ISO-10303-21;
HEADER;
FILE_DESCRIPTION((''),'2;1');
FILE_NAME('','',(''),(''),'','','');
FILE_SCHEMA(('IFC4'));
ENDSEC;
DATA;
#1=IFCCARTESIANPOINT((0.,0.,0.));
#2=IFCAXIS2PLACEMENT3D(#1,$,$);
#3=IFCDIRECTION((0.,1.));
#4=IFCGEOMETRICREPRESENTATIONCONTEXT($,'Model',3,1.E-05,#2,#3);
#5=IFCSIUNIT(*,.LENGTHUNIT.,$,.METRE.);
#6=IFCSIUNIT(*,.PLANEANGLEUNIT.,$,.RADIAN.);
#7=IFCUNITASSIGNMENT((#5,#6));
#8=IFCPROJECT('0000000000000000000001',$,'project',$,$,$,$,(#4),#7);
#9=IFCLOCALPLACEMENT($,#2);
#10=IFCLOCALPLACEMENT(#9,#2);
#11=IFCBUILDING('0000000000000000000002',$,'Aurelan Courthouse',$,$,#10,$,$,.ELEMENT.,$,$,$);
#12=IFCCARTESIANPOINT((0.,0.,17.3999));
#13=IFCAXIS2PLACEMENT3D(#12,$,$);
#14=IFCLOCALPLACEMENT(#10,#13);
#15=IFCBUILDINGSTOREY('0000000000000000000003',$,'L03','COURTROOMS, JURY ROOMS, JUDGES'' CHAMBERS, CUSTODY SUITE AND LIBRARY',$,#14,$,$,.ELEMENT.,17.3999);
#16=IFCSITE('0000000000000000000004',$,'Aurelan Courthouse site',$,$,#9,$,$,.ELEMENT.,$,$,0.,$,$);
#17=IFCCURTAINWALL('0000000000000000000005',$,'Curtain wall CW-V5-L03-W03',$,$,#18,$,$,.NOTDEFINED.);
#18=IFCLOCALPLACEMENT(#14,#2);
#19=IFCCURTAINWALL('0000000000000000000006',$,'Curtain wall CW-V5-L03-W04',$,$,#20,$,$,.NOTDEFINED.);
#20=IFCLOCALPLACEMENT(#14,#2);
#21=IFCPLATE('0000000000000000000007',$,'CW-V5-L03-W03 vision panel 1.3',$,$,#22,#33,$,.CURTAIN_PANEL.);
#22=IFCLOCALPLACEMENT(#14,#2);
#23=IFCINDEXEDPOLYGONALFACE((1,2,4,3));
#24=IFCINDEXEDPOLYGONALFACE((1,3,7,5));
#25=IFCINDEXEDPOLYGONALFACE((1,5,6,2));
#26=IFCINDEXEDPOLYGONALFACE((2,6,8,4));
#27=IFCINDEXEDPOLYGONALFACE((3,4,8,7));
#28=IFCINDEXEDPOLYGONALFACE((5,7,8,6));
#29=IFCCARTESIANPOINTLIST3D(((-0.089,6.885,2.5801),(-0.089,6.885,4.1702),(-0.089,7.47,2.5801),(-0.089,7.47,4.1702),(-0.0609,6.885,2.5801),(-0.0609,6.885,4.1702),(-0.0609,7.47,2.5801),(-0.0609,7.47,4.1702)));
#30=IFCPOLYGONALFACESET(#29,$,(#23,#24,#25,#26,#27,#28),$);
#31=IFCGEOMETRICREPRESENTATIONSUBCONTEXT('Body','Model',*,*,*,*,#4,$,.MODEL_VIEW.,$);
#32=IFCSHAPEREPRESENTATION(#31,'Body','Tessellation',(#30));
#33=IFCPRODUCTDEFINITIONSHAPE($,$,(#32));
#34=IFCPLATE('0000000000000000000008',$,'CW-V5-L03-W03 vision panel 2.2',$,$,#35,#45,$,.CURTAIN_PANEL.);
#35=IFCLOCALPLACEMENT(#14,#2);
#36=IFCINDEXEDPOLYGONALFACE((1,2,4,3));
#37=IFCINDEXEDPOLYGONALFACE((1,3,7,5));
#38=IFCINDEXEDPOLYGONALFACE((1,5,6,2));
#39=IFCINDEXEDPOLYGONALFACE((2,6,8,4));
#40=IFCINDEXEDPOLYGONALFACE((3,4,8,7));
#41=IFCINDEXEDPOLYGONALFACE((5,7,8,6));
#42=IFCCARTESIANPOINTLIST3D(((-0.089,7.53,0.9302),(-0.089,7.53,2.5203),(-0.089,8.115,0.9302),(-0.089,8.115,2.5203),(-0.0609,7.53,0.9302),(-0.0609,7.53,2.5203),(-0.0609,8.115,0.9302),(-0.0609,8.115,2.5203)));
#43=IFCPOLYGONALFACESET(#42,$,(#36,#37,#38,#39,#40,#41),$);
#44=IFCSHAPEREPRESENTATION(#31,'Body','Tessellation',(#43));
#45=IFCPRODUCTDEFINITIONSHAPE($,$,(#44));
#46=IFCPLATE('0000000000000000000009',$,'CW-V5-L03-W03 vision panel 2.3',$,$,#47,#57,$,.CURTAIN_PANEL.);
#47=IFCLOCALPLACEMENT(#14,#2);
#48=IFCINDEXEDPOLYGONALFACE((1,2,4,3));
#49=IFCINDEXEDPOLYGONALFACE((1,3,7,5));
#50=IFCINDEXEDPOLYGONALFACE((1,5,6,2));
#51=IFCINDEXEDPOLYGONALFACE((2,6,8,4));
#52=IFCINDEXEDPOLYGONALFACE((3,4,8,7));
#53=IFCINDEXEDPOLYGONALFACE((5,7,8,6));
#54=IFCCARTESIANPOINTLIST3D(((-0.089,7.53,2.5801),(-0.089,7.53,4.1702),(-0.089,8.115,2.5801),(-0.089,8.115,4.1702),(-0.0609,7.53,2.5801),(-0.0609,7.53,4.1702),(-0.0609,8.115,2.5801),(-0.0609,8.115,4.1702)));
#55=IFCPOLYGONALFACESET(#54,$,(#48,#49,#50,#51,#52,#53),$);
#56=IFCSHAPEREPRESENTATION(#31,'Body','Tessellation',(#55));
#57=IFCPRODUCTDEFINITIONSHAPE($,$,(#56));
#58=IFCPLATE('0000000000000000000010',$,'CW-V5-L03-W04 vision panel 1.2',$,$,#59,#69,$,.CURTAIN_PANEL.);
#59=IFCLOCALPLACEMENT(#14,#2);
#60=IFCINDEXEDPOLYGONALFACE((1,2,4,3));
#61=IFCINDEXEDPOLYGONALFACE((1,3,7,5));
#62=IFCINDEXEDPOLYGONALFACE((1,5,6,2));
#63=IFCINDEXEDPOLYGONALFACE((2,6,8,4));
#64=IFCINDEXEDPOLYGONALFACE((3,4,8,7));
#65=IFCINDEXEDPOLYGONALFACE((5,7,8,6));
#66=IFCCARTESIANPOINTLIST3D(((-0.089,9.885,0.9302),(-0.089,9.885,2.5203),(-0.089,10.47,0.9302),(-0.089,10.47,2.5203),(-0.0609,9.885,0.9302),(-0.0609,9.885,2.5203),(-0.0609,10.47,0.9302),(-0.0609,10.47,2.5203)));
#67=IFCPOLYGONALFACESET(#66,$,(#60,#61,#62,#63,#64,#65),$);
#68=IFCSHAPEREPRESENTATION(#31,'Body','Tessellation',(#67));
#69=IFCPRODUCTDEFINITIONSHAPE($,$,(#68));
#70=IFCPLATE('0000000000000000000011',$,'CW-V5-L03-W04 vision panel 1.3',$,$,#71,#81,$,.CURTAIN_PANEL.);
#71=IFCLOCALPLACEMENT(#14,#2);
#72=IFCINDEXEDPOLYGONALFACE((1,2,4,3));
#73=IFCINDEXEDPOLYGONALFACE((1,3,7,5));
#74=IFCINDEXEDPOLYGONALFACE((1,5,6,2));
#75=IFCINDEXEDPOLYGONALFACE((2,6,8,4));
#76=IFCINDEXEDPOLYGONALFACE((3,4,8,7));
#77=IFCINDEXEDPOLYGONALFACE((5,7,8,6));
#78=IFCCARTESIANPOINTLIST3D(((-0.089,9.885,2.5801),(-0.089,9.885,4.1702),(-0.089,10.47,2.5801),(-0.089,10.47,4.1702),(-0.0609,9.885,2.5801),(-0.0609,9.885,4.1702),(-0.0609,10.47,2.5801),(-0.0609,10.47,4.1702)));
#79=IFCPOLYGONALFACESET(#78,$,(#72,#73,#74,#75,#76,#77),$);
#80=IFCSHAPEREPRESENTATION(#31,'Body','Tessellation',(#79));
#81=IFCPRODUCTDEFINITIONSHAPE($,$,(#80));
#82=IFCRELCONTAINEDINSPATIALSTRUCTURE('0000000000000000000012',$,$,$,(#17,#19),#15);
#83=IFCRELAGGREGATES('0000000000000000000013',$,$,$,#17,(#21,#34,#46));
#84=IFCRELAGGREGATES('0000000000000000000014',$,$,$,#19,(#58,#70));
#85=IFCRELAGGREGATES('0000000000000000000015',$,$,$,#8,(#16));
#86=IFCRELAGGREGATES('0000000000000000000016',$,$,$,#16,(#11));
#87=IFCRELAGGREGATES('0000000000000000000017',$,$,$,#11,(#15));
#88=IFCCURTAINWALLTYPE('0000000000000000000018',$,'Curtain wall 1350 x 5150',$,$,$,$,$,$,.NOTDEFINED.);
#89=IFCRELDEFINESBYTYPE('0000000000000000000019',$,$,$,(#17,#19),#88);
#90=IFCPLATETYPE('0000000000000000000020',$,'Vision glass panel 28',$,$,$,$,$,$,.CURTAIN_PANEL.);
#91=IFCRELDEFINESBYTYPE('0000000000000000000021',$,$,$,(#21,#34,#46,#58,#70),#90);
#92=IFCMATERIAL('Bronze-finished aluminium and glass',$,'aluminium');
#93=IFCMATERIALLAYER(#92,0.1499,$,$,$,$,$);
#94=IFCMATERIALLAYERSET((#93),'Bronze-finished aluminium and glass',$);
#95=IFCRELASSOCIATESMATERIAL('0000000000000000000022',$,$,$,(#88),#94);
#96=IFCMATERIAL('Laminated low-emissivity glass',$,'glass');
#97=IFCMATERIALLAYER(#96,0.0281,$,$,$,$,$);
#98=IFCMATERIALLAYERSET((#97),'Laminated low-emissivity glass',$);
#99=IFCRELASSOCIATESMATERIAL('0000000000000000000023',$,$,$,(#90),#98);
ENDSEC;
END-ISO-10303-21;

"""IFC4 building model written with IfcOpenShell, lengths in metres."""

from ifc_helpers import new_model, si_unit, direction, frame, origin, origin_2d, place, context, subcontext, project, spatial, rectangle, extrude, material, layer, layer_set, type_object, element, aggregate, save


model = new_model("IFC4")

# Units and contexts
model_context = context("Model", 3, precision=1e-05, world=origin(), true_north=direction((0.0, 1.0)))
body_context = subcontext(model_context, "Body", "Model", "MODEL_VIEW")
ifc_project = project(units=[si_unit("LENGTHUNIT", "METRE"), si_unit("PLANEANGLEUNIT", "RADIAN")], contexts=[model_context])

# Site, building, storey
site_placement = place(None, origin())
site = spatial("IfcSite", under=ifc_project, at=site_placement, Name="Aurelan Courthouse site", CompositionType="ELEMENT", RefElevation=0.0)
building_placement = place(site_placement, origin())
building = spatial("IfcBuilding", under=site, at=building_placement, Name="Aurelan Courthouse", CompositionType="ELEMENT")
storey_placement = place(building_placement, frame((0.0, 0.0, 17.3999)))
storey = spatial("IfcBuildingStorey", under=building, at=storey_placement, Name="L03", Description="COURTROOMS, JURY ROOMS, JUDGES' CHAMBERS, CUSTODY SUITE AND LIBRARY", CompositionType="ELEMENT", Elevation=17.3999)

# Curtain walls
ifc_material_1 = material(Name="Bronze-finished aluminium and glass", Category="aluminium")
ifc_layer_1 = layer(ifc_material_1, 0.1499)
ifc_layer_set_1 = layer_set([ifc_layer_1], Name="Bronze-finished aluminium and glass")
curtain_wall_type = type_object("IfcCurtainWallType", Name="Curtain wall 1350 x 5150", PredefinedType="NOTDEFINED", material=ifc_layer_set_1)
curtain_wall_1_placement = place(storey_placement, origin())
curtain_wall_1 = element("IfcCurtainWall", 1, at=curtain_wall_1_placement, inside=storey, type_object=curtain_wall_type, Name="Curtain wall CW-V5-L03-W03", PredefinedType="NOTDEFINED")
curtain_wall_2_placement = place(storey_placement, origin())
curtain_wall_2 = element("IfcCurtainWall", 2, at=curtain_wall_2_placement, inside=storey, type_object=curtain_wall_type, Name="Curtain wall CW-V5-L03-W04", PredefinedType="NOTDEFINED")

# Plates
ifc_material_2 = material(Name="Laminated low-emissivity glass", Category="glass")
ifc_layer_2 = layer(ifc_material_2, 0.0281)
ifc_layer_set_2 = layer_set([ifc_layer_2], Name="Laminated low-emissivity glass")
plate_type_1 = type_object("IfcPlateType", Name="Vision glass panel 28", PredefinedType="CURTAIN_PANEL", material=ifc_layer_set_2)
plate_1_placement = place(storey_placement, frame((-0.075, 7.1775, 2.5801), z_axis=(0.0, 0.0, 1.0), x_axis=(0.0, 1.0, 0.0)))
plate_1 = element("IfcPlate", 3, at=plate_1_placement, type_object=plate_type_1, Name="CW-V5-L03-W03 vision panel 1.3", PredefinedType="CURTAIN_PANEL", context=body_context, shape_type="SweptSolid", body=[
    extrude(rectangle(XDim=0.585, YDim=0.0281, at=origin_2d()), origin(), (0.0, 0.0, 1.0), 1.5901),
])
plate_2_placement = place(storey_placement, frame((-0.075, 7.8225, 0.9302), z_axis=(0.0, 0.0, 1.0), x_axis=(0.0, 1.0, 0.0)))
plate_2 = element("IfcPlate", 4, at=plate_2_placement, type_object=plate_type_1, Name="CW-V5-L03-W03 vision panel 2.2", PredefinedType="CURTAIN_PANEL", context=body_context, shape_type="SweptSolid", body=[
    extrude(rectangle(XDim=0.585, YDim=0.0281, at=origin_2d()), origin(), (0.0, 0.0, 1.0), 1.5901),
])
plate_3_placement = place(storey_placement, frame((-0.075, 7.8225, 2.5801), z_axis=(0.0, 0.0, 1.0), x_axis=(0.0, 1.0, 0.0)))
plate_3 = element("IfcPlate", 5, at=plate_3_placement, type_object=plate_type_1, Name="CW-V5-L03-W03 vision panel 2.3", PredefinedType="CURTAIN_PANEL", context=body_context, shape_type="SweptSolid", body=[
    extrude(rectangle(XDim=0.585, YDim=0.0281, at=origin_2d()), origin(), (0.0, 0.0, 1.0), 1.5901),
])
aggregate(curtain_wall_1, [plate_1, plate_2, plate_3])
plate_4_placement = place(storey_placement, frame((-0.075, 10.1775, 0.9302), z_axis=(0.0, 0.0, 1.0), x_axis=(0.0, 1.0, 0.0)))
plate_4 = element("IfcPlate", 6, at=plate_4_placement, type_object=plate_type_1, Name="CW-V5-L03-W04 vision panel 1.2", PredefinedType="CURTAIN_PANEL", context=body_context, shape_type="SweptSolid", body=[
    extrude(rectangle(XDim=0.585, YDim=0.0281, at=origin_2d()), origin(), (0.0, 0.0, 1.0), 1.5901),
])
plate_5_placement = place(storey_placement, frame((-0.075, 10.1775, 2.5801), z_axis=(0.0, 0.0, 1.0), x_axis=(0.0, 1.0, 0.0)))
plate_5 = element("IfcPlate", 7, at=plate_5_placement, type_object=plate_type_1, Name="CW-V5-L03-W04 vision panel 1.3", PredefinedType="CURTAIN_PANEL", context=body_context, shape_type="SweptSolid", body=[
    extrude(rectangle(XDim=0.585, YDim=0.0281, at=origin_2d()), origin(), (0.0, 0.0, 1.0), 1.5901),
])
aggregate(curtain_wall_2, [plate_4, plate_5])

save(model, "model.ifc")
